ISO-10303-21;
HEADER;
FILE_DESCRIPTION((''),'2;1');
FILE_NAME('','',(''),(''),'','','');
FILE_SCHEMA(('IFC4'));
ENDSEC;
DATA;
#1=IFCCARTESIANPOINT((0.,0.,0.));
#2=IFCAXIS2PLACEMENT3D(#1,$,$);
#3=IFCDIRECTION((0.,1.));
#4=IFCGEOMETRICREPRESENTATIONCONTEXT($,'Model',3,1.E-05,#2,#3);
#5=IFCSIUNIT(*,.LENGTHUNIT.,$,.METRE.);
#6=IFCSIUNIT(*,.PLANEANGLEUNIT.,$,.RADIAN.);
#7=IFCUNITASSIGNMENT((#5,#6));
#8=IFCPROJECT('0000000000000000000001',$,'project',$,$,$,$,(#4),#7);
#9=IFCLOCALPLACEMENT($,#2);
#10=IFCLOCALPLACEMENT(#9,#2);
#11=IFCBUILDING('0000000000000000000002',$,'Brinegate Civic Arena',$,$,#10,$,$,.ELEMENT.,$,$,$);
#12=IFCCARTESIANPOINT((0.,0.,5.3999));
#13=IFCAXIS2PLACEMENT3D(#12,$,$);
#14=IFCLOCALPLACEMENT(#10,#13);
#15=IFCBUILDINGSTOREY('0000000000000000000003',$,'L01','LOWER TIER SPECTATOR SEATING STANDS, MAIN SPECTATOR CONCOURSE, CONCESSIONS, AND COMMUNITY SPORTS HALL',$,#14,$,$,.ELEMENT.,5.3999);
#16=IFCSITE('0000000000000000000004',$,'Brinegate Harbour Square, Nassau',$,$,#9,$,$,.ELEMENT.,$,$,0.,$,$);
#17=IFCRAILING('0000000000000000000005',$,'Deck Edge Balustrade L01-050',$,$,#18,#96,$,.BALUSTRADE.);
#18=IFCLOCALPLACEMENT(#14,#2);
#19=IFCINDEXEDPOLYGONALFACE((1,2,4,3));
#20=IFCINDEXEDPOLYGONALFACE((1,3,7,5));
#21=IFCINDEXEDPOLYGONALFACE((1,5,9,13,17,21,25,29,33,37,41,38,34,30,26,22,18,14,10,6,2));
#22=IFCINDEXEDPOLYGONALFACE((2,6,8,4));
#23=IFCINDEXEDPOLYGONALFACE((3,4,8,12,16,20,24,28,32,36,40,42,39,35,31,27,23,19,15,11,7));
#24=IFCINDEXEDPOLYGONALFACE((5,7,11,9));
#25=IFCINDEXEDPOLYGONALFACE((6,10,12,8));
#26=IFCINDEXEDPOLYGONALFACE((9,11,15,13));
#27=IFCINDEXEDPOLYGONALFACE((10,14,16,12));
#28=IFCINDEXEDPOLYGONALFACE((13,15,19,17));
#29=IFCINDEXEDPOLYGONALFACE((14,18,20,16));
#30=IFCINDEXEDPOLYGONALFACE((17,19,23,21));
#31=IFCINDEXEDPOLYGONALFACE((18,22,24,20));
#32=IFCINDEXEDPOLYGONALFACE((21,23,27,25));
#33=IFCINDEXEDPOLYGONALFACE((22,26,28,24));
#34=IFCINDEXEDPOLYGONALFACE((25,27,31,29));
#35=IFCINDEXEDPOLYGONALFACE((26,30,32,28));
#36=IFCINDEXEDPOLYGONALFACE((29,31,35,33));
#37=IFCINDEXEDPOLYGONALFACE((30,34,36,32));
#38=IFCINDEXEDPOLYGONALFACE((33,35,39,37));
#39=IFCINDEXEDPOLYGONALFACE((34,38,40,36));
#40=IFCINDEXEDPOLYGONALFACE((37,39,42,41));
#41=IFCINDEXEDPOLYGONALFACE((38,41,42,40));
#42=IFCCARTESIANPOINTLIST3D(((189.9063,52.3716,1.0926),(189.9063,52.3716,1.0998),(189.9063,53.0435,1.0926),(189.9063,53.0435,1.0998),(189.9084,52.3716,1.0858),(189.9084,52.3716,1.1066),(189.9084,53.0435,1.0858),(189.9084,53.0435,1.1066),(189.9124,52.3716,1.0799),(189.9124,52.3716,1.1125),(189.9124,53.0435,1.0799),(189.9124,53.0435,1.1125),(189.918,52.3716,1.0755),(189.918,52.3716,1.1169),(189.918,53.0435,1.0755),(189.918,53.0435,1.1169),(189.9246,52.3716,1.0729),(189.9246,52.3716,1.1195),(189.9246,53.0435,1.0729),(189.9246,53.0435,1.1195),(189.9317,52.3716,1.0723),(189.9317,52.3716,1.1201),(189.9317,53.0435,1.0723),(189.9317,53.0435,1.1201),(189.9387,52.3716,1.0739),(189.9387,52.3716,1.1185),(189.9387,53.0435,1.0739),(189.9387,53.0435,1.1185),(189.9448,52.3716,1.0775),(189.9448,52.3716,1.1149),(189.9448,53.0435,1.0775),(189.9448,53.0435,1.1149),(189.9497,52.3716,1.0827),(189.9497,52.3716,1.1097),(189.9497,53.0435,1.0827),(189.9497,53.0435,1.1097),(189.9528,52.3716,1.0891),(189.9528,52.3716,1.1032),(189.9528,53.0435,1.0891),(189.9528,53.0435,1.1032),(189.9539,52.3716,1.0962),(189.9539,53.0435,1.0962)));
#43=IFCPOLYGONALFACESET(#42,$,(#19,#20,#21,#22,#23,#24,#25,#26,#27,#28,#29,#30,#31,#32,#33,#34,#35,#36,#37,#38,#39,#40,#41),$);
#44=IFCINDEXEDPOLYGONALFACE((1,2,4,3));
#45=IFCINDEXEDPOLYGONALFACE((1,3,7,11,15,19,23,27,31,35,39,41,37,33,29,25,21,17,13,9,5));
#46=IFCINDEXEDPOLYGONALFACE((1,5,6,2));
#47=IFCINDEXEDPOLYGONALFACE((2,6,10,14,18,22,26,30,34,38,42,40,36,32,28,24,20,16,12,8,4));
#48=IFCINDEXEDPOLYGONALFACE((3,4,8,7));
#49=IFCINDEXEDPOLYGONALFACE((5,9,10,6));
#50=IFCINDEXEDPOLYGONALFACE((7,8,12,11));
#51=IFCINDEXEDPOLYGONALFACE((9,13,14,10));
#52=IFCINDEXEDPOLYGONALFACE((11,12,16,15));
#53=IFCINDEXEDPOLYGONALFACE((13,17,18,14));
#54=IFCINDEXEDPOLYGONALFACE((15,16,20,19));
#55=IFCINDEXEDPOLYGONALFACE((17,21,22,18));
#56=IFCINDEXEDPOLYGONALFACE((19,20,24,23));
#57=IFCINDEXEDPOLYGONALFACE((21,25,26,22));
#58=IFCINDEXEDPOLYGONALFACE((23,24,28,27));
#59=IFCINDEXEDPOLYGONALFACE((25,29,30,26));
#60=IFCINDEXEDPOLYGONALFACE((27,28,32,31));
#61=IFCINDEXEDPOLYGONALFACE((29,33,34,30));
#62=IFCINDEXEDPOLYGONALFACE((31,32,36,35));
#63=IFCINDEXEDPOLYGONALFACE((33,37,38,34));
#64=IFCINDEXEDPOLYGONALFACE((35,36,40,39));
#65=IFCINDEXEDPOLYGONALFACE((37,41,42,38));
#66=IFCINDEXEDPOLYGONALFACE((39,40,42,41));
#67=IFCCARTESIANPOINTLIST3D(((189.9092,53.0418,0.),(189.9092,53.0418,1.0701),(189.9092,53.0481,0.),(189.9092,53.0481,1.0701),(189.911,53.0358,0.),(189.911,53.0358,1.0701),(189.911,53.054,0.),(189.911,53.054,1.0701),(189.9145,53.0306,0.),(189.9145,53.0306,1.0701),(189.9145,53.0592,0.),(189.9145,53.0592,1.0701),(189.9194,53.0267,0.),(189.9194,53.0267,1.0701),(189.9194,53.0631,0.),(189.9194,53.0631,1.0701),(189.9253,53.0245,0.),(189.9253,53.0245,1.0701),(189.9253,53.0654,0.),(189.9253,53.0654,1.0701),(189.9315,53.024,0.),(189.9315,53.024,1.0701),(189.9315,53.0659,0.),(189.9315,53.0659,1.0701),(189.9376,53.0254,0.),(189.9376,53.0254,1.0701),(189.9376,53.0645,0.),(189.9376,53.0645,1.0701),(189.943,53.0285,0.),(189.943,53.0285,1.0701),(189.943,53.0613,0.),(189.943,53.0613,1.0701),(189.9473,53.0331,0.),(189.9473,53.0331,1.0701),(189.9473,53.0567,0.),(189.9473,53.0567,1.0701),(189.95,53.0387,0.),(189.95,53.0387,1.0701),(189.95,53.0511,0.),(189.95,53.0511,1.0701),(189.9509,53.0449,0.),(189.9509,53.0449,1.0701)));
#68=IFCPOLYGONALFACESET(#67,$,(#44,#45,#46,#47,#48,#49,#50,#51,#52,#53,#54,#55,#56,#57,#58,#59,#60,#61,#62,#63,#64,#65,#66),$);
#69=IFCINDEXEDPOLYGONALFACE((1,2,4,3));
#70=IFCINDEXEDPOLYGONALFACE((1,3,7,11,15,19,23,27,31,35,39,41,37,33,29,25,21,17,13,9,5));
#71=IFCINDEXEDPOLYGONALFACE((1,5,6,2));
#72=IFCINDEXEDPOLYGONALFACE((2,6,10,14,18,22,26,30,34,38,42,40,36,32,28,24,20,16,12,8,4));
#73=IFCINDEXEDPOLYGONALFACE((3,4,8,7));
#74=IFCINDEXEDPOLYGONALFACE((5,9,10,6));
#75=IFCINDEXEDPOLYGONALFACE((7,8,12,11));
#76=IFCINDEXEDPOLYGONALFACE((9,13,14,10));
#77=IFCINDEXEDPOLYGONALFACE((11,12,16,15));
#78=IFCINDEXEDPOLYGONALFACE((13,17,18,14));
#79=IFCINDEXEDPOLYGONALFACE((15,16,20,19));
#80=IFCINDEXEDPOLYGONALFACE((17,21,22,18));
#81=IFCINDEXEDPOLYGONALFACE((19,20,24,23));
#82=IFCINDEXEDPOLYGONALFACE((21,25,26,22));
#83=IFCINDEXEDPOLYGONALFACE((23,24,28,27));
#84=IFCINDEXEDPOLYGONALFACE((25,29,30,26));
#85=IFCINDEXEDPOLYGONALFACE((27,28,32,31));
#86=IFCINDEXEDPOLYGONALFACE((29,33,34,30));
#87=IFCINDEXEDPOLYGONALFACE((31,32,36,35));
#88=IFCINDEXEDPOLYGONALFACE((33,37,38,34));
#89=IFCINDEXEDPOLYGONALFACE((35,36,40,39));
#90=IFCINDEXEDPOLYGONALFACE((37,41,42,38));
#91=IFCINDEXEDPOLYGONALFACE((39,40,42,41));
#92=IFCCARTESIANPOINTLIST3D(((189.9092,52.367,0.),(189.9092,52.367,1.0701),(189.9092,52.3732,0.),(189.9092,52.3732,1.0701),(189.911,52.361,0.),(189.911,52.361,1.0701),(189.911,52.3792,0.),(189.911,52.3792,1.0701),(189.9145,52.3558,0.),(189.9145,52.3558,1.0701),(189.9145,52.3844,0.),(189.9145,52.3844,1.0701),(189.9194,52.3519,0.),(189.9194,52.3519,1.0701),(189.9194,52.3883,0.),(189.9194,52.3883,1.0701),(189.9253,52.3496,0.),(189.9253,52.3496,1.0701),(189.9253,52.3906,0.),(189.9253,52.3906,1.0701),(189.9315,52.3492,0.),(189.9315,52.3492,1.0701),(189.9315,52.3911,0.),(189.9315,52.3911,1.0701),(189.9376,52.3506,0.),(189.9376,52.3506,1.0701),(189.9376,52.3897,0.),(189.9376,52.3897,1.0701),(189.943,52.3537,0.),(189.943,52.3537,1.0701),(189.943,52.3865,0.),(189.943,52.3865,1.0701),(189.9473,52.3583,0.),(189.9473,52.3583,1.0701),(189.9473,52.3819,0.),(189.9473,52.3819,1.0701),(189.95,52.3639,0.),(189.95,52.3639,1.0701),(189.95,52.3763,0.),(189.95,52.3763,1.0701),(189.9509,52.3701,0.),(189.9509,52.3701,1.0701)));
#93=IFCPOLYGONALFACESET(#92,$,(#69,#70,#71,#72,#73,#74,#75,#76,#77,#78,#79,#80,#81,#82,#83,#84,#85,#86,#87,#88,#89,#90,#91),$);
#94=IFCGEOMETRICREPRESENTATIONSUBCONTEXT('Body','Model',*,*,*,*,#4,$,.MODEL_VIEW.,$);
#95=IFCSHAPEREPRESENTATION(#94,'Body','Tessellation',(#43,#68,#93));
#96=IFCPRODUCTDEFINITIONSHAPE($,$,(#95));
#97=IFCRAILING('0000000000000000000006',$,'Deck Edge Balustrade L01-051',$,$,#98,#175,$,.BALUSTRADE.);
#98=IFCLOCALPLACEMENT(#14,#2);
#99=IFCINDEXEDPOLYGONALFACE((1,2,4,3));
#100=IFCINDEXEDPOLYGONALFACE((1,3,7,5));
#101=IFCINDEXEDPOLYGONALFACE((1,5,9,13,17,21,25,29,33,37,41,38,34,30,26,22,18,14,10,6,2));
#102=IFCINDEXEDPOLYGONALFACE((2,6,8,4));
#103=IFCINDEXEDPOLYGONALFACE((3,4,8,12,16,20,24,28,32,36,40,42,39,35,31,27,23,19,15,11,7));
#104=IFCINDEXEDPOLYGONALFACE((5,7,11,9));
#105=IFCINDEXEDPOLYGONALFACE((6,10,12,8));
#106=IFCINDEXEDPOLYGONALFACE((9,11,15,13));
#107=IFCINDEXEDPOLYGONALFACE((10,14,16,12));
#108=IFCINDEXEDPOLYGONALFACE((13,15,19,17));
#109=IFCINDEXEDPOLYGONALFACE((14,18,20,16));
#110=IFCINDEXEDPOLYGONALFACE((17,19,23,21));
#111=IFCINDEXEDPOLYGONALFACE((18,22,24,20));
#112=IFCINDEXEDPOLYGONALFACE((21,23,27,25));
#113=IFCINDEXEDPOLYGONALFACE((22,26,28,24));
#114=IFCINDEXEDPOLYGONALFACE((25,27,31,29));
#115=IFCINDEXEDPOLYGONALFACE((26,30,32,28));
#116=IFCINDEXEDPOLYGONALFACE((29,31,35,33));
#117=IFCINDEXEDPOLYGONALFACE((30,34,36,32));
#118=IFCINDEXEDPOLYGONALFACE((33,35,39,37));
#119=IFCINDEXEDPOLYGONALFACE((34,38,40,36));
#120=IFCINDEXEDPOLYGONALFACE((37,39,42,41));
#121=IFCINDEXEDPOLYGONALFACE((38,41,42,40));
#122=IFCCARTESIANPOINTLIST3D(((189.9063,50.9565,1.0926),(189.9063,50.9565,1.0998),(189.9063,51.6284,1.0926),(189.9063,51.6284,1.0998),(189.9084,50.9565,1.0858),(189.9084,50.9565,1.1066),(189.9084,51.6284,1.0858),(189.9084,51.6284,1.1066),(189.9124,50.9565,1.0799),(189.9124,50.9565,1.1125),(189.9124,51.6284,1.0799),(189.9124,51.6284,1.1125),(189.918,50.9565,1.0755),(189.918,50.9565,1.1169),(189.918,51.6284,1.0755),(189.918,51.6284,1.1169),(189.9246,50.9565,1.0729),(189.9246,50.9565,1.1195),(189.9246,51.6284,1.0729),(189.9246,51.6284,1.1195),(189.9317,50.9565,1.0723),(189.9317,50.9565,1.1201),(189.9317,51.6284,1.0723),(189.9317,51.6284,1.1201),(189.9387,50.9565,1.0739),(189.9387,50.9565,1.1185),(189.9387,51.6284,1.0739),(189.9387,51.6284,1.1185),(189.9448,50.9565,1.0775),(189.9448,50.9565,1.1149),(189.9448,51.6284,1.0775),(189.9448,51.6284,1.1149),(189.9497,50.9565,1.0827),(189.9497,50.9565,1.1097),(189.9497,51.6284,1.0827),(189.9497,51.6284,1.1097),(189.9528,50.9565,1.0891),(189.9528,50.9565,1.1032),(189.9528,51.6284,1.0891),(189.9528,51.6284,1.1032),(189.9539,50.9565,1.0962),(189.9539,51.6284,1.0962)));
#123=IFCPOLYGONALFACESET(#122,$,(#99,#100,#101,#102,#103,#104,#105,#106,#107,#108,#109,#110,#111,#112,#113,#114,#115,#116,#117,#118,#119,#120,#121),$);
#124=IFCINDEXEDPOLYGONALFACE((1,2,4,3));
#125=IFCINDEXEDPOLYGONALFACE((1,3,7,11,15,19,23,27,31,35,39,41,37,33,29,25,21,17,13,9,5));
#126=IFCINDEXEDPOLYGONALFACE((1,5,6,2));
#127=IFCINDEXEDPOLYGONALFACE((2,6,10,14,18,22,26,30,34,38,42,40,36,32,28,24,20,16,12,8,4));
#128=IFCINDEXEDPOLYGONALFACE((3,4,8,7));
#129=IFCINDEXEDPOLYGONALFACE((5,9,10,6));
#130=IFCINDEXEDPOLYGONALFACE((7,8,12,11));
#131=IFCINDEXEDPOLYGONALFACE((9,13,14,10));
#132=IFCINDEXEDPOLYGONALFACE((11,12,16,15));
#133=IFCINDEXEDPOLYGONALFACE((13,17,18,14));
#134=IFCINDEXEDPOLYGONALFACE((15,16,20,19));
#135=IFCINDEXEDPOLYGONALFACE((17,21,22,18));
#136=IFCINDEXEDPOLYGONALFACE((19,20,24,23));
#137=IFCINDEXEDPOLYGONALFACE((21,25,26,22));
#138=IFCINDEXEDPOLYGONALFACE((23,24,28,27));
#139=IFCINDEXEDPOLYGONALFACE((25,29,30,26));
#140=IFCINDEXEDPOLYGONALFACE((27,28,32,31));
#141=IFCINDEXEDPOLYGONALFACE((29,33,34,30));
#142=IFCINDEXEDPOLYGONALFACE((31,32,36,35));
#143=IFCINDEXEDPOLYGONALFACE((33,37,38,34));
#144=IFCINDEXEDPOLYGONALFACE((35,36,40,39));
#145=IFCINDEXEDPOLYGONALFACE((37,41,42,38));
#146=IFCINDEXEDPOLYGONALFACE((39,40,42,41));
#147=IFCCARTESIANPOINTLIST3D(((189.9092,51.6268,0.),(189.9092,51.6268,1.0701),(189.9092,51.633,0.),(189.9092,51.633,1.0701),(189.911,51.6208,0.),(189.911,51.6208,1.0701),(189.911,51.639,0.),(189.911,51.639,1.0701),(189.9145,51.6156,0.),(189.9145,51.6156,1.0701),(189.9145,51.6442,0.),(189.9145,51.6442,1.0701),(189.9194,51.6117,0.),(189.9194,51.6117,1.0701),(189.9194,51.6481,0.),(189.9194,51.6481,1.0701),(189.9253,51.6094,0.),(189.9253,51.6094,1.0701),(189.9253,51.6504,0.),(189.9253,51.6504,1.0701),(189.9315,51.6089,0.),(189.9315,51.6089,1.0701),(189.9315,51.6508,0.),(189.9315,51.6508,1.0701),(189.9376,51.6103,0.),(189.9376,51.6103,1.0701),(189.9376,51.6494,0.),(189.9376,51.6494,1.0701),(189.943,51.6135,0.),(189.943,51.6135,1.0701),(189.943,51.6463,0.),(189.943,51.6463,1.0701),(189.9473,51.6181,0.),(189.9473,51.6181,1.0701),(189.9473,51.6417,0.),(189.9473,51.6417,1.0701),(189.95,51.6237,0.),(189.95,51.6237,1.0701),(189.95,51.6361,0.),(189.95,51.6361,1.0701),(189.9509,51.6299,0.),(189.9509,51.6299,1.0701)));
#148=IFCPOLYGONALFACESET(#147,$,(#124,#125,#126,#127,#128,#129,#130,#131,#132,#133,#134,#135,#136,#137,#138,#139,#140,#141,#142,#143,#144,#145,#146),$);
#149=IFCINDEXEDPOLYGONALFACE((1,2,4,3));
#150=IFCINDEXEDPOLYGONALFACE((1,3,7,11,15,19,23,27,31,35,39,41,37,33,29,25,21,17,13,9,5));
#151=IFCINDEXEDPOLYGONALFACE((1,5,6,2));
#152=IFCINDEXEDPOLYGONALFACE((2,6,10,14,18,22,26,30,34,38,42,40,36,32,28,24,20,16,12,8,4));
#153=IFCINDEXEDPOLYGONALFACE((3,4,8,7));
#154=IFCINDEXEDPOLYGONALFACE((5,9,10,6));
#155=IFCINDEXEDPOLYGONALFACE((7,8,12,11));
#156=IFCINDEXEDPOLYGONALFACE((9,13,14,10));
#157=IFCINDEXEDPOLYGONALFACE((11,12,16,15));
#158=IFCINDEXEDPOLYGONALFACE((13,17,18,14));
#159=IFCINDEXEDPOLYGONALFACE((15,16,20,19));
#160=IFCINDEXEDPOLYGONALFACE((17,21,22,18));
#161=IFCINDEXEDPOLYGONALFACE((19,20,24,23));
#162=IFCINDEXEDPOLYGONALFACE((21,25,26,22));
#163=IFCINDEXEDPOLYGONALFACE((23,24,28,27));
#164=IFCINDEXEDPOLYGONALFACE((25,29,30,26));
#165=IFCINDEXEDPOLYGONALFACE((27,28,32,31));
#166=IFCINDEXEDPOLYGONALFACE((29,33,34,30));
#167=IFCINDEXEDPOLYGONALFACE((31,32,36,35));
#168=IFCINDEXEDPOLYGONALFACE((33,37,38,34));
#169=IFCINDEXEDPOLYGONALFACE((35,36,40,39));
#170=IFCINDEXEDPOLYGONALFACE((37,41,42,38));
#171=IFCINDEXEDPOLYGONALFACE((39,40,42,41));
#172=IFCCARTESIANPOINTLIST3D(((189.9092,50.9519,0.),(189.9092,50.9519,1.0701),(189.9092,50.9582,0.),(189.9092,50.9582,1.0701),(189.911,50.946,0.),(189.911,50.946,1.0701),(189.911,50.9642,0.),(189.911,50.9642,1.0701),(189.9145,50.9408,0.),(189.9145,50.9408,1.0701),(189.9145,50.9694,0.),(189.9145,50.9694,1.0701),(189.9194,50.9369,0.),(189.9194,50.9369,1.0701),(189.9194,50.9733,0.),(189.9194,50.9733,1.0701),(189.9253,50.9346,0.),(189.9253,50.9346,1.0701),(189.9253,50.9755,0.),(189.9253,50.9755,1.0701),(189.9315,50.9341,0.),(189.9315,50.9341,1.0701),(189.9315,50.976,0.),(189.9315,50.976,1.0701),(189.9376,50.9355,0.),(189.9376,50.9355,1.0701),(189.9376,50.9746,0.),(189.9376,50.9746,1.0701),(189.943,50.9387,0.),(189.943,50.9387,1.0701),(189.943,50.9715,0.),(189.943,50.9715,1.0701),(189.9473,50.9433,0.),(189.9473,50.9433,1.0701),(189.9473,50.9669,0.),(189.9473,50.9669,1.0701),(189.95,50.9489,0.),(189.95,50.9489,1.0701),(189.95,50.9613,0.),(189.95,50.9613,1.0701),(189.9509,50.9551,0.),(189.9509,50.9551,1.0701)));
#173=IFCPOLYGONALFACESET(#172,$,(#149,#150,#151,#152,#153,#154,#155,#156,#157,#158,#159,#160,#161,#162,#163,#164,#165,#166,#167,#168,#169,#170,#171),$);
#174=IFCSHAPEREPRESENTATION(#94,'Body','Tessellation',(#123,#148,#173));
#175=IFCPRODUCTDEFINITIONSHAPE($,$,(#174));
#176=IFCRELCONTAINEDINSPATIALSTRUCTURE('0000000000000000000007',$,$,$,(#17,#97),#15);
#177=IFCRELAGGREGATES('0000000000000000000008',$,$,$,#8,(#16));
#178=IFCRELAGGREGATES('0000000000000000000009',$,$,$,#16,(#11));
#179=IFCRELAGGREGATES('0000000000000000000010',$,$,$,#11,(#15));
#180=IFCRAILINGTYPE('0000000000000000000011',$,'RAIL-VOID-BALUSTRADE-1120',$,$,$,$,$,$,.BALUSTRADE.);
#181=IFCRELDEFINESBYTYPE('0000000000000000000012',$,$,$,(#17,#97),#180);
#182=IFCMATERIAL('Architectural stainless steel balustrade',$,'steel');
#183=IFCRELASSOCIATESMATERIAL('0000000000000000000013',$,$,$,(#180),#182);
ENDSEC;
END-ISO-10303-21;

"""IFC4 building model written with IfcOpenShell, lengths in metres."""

from ifc_helpers import new_model, si_unit, direction, frame, origin, origin_2d, place, context, subcontext, project, spatial, circle, extrude, material, type_object, element, save


model = new_model("IFC4")

# Units and contexts
model_context = context("Model", 3, precision=1e-05, world=origin(), true_north=direction((0.0, 1.0)))
body_context = subcontext(model_context, "Body", "Model", "MODEL_VIEW")
ifc_project = project(units=[si_unit("LENGTHUNIT", "METRE"), si_unit("PLANEANGLEUNIT", "RADIAN")], contexts=[model_context])

# Site, building, storey
site_placement = place(None, origin())
site = spatial("IfcSite", under=ifc_project, at=site_placement, Name="Brinegate Harbour Square, Nassau", CompositionType="ELEMENT", RefElevation=0.0)
building_placement = place(site_placement, origin())
building = spatial("IfcBuilding", under=site, at=building_placement, Name="Brinegate Civic Arena", CompositionType="ELEMENT")
storey_placement = place(building_placement, frame((0.0, 0.0, 5.3999)))
storey = spatial("IfcBuildingStorey", under=building, at=storey_placement, Name="L01", Description="LOWER TIER SPECTATOR SEATING STANDS, MAIN SPECTATOR CONCOURSE, CONCESSIONS, AND COMMUNITY SPORTS HALL", CompositionType="ELEMENT", Elevation=5.3999)

# Railings
ifc_material_1 = material(Name="Architectural stainless steel balustrade", Category="steel")
railing_type = type_object("IfcRailingType", Name="RAIL-VOID-BALUSTRADE-1120", PredefinedType="BALUSTRADE", material=ifc_material_1)
for number, where, name in (
    (1, (189.9299, 53.0449, 0.0), "Deck Edge Balustrade L01-050"),
    (2, (189.9299, 51.6299, 0.0), "Deck Edge Balustrade L01-051"),
):
    element("IfcRailing", number, at=place(storey_placement, frame(where)), inside=storey, type_object=railing_type, Name=name, PredefinedType="BALUSTRADE", context=body_context, shape_type="SweptSolid", body=[
        extrude(circle(Radius=0.0239, at=origin_2d()), frame((0.0, -0.0015, 1.0962), z_axis=(0.0, -1.0, 0.0), x_axis=(1.0, 0.0, 0.0)), (0.0, 0.0, 1.0), 0.6719),
        extrude(circle(Radius=0.021, at=origin_2d()), origin(), (0.0, 0.0, 1.0), 1.0701),
        extrude(circle(Radius=0.021, at=origin_2d()), frame((0.0, -0.6748, 0.0)), (0.0, 0.0, 1.0), 1.0701),
    ])

save(model, "model.ifc")
